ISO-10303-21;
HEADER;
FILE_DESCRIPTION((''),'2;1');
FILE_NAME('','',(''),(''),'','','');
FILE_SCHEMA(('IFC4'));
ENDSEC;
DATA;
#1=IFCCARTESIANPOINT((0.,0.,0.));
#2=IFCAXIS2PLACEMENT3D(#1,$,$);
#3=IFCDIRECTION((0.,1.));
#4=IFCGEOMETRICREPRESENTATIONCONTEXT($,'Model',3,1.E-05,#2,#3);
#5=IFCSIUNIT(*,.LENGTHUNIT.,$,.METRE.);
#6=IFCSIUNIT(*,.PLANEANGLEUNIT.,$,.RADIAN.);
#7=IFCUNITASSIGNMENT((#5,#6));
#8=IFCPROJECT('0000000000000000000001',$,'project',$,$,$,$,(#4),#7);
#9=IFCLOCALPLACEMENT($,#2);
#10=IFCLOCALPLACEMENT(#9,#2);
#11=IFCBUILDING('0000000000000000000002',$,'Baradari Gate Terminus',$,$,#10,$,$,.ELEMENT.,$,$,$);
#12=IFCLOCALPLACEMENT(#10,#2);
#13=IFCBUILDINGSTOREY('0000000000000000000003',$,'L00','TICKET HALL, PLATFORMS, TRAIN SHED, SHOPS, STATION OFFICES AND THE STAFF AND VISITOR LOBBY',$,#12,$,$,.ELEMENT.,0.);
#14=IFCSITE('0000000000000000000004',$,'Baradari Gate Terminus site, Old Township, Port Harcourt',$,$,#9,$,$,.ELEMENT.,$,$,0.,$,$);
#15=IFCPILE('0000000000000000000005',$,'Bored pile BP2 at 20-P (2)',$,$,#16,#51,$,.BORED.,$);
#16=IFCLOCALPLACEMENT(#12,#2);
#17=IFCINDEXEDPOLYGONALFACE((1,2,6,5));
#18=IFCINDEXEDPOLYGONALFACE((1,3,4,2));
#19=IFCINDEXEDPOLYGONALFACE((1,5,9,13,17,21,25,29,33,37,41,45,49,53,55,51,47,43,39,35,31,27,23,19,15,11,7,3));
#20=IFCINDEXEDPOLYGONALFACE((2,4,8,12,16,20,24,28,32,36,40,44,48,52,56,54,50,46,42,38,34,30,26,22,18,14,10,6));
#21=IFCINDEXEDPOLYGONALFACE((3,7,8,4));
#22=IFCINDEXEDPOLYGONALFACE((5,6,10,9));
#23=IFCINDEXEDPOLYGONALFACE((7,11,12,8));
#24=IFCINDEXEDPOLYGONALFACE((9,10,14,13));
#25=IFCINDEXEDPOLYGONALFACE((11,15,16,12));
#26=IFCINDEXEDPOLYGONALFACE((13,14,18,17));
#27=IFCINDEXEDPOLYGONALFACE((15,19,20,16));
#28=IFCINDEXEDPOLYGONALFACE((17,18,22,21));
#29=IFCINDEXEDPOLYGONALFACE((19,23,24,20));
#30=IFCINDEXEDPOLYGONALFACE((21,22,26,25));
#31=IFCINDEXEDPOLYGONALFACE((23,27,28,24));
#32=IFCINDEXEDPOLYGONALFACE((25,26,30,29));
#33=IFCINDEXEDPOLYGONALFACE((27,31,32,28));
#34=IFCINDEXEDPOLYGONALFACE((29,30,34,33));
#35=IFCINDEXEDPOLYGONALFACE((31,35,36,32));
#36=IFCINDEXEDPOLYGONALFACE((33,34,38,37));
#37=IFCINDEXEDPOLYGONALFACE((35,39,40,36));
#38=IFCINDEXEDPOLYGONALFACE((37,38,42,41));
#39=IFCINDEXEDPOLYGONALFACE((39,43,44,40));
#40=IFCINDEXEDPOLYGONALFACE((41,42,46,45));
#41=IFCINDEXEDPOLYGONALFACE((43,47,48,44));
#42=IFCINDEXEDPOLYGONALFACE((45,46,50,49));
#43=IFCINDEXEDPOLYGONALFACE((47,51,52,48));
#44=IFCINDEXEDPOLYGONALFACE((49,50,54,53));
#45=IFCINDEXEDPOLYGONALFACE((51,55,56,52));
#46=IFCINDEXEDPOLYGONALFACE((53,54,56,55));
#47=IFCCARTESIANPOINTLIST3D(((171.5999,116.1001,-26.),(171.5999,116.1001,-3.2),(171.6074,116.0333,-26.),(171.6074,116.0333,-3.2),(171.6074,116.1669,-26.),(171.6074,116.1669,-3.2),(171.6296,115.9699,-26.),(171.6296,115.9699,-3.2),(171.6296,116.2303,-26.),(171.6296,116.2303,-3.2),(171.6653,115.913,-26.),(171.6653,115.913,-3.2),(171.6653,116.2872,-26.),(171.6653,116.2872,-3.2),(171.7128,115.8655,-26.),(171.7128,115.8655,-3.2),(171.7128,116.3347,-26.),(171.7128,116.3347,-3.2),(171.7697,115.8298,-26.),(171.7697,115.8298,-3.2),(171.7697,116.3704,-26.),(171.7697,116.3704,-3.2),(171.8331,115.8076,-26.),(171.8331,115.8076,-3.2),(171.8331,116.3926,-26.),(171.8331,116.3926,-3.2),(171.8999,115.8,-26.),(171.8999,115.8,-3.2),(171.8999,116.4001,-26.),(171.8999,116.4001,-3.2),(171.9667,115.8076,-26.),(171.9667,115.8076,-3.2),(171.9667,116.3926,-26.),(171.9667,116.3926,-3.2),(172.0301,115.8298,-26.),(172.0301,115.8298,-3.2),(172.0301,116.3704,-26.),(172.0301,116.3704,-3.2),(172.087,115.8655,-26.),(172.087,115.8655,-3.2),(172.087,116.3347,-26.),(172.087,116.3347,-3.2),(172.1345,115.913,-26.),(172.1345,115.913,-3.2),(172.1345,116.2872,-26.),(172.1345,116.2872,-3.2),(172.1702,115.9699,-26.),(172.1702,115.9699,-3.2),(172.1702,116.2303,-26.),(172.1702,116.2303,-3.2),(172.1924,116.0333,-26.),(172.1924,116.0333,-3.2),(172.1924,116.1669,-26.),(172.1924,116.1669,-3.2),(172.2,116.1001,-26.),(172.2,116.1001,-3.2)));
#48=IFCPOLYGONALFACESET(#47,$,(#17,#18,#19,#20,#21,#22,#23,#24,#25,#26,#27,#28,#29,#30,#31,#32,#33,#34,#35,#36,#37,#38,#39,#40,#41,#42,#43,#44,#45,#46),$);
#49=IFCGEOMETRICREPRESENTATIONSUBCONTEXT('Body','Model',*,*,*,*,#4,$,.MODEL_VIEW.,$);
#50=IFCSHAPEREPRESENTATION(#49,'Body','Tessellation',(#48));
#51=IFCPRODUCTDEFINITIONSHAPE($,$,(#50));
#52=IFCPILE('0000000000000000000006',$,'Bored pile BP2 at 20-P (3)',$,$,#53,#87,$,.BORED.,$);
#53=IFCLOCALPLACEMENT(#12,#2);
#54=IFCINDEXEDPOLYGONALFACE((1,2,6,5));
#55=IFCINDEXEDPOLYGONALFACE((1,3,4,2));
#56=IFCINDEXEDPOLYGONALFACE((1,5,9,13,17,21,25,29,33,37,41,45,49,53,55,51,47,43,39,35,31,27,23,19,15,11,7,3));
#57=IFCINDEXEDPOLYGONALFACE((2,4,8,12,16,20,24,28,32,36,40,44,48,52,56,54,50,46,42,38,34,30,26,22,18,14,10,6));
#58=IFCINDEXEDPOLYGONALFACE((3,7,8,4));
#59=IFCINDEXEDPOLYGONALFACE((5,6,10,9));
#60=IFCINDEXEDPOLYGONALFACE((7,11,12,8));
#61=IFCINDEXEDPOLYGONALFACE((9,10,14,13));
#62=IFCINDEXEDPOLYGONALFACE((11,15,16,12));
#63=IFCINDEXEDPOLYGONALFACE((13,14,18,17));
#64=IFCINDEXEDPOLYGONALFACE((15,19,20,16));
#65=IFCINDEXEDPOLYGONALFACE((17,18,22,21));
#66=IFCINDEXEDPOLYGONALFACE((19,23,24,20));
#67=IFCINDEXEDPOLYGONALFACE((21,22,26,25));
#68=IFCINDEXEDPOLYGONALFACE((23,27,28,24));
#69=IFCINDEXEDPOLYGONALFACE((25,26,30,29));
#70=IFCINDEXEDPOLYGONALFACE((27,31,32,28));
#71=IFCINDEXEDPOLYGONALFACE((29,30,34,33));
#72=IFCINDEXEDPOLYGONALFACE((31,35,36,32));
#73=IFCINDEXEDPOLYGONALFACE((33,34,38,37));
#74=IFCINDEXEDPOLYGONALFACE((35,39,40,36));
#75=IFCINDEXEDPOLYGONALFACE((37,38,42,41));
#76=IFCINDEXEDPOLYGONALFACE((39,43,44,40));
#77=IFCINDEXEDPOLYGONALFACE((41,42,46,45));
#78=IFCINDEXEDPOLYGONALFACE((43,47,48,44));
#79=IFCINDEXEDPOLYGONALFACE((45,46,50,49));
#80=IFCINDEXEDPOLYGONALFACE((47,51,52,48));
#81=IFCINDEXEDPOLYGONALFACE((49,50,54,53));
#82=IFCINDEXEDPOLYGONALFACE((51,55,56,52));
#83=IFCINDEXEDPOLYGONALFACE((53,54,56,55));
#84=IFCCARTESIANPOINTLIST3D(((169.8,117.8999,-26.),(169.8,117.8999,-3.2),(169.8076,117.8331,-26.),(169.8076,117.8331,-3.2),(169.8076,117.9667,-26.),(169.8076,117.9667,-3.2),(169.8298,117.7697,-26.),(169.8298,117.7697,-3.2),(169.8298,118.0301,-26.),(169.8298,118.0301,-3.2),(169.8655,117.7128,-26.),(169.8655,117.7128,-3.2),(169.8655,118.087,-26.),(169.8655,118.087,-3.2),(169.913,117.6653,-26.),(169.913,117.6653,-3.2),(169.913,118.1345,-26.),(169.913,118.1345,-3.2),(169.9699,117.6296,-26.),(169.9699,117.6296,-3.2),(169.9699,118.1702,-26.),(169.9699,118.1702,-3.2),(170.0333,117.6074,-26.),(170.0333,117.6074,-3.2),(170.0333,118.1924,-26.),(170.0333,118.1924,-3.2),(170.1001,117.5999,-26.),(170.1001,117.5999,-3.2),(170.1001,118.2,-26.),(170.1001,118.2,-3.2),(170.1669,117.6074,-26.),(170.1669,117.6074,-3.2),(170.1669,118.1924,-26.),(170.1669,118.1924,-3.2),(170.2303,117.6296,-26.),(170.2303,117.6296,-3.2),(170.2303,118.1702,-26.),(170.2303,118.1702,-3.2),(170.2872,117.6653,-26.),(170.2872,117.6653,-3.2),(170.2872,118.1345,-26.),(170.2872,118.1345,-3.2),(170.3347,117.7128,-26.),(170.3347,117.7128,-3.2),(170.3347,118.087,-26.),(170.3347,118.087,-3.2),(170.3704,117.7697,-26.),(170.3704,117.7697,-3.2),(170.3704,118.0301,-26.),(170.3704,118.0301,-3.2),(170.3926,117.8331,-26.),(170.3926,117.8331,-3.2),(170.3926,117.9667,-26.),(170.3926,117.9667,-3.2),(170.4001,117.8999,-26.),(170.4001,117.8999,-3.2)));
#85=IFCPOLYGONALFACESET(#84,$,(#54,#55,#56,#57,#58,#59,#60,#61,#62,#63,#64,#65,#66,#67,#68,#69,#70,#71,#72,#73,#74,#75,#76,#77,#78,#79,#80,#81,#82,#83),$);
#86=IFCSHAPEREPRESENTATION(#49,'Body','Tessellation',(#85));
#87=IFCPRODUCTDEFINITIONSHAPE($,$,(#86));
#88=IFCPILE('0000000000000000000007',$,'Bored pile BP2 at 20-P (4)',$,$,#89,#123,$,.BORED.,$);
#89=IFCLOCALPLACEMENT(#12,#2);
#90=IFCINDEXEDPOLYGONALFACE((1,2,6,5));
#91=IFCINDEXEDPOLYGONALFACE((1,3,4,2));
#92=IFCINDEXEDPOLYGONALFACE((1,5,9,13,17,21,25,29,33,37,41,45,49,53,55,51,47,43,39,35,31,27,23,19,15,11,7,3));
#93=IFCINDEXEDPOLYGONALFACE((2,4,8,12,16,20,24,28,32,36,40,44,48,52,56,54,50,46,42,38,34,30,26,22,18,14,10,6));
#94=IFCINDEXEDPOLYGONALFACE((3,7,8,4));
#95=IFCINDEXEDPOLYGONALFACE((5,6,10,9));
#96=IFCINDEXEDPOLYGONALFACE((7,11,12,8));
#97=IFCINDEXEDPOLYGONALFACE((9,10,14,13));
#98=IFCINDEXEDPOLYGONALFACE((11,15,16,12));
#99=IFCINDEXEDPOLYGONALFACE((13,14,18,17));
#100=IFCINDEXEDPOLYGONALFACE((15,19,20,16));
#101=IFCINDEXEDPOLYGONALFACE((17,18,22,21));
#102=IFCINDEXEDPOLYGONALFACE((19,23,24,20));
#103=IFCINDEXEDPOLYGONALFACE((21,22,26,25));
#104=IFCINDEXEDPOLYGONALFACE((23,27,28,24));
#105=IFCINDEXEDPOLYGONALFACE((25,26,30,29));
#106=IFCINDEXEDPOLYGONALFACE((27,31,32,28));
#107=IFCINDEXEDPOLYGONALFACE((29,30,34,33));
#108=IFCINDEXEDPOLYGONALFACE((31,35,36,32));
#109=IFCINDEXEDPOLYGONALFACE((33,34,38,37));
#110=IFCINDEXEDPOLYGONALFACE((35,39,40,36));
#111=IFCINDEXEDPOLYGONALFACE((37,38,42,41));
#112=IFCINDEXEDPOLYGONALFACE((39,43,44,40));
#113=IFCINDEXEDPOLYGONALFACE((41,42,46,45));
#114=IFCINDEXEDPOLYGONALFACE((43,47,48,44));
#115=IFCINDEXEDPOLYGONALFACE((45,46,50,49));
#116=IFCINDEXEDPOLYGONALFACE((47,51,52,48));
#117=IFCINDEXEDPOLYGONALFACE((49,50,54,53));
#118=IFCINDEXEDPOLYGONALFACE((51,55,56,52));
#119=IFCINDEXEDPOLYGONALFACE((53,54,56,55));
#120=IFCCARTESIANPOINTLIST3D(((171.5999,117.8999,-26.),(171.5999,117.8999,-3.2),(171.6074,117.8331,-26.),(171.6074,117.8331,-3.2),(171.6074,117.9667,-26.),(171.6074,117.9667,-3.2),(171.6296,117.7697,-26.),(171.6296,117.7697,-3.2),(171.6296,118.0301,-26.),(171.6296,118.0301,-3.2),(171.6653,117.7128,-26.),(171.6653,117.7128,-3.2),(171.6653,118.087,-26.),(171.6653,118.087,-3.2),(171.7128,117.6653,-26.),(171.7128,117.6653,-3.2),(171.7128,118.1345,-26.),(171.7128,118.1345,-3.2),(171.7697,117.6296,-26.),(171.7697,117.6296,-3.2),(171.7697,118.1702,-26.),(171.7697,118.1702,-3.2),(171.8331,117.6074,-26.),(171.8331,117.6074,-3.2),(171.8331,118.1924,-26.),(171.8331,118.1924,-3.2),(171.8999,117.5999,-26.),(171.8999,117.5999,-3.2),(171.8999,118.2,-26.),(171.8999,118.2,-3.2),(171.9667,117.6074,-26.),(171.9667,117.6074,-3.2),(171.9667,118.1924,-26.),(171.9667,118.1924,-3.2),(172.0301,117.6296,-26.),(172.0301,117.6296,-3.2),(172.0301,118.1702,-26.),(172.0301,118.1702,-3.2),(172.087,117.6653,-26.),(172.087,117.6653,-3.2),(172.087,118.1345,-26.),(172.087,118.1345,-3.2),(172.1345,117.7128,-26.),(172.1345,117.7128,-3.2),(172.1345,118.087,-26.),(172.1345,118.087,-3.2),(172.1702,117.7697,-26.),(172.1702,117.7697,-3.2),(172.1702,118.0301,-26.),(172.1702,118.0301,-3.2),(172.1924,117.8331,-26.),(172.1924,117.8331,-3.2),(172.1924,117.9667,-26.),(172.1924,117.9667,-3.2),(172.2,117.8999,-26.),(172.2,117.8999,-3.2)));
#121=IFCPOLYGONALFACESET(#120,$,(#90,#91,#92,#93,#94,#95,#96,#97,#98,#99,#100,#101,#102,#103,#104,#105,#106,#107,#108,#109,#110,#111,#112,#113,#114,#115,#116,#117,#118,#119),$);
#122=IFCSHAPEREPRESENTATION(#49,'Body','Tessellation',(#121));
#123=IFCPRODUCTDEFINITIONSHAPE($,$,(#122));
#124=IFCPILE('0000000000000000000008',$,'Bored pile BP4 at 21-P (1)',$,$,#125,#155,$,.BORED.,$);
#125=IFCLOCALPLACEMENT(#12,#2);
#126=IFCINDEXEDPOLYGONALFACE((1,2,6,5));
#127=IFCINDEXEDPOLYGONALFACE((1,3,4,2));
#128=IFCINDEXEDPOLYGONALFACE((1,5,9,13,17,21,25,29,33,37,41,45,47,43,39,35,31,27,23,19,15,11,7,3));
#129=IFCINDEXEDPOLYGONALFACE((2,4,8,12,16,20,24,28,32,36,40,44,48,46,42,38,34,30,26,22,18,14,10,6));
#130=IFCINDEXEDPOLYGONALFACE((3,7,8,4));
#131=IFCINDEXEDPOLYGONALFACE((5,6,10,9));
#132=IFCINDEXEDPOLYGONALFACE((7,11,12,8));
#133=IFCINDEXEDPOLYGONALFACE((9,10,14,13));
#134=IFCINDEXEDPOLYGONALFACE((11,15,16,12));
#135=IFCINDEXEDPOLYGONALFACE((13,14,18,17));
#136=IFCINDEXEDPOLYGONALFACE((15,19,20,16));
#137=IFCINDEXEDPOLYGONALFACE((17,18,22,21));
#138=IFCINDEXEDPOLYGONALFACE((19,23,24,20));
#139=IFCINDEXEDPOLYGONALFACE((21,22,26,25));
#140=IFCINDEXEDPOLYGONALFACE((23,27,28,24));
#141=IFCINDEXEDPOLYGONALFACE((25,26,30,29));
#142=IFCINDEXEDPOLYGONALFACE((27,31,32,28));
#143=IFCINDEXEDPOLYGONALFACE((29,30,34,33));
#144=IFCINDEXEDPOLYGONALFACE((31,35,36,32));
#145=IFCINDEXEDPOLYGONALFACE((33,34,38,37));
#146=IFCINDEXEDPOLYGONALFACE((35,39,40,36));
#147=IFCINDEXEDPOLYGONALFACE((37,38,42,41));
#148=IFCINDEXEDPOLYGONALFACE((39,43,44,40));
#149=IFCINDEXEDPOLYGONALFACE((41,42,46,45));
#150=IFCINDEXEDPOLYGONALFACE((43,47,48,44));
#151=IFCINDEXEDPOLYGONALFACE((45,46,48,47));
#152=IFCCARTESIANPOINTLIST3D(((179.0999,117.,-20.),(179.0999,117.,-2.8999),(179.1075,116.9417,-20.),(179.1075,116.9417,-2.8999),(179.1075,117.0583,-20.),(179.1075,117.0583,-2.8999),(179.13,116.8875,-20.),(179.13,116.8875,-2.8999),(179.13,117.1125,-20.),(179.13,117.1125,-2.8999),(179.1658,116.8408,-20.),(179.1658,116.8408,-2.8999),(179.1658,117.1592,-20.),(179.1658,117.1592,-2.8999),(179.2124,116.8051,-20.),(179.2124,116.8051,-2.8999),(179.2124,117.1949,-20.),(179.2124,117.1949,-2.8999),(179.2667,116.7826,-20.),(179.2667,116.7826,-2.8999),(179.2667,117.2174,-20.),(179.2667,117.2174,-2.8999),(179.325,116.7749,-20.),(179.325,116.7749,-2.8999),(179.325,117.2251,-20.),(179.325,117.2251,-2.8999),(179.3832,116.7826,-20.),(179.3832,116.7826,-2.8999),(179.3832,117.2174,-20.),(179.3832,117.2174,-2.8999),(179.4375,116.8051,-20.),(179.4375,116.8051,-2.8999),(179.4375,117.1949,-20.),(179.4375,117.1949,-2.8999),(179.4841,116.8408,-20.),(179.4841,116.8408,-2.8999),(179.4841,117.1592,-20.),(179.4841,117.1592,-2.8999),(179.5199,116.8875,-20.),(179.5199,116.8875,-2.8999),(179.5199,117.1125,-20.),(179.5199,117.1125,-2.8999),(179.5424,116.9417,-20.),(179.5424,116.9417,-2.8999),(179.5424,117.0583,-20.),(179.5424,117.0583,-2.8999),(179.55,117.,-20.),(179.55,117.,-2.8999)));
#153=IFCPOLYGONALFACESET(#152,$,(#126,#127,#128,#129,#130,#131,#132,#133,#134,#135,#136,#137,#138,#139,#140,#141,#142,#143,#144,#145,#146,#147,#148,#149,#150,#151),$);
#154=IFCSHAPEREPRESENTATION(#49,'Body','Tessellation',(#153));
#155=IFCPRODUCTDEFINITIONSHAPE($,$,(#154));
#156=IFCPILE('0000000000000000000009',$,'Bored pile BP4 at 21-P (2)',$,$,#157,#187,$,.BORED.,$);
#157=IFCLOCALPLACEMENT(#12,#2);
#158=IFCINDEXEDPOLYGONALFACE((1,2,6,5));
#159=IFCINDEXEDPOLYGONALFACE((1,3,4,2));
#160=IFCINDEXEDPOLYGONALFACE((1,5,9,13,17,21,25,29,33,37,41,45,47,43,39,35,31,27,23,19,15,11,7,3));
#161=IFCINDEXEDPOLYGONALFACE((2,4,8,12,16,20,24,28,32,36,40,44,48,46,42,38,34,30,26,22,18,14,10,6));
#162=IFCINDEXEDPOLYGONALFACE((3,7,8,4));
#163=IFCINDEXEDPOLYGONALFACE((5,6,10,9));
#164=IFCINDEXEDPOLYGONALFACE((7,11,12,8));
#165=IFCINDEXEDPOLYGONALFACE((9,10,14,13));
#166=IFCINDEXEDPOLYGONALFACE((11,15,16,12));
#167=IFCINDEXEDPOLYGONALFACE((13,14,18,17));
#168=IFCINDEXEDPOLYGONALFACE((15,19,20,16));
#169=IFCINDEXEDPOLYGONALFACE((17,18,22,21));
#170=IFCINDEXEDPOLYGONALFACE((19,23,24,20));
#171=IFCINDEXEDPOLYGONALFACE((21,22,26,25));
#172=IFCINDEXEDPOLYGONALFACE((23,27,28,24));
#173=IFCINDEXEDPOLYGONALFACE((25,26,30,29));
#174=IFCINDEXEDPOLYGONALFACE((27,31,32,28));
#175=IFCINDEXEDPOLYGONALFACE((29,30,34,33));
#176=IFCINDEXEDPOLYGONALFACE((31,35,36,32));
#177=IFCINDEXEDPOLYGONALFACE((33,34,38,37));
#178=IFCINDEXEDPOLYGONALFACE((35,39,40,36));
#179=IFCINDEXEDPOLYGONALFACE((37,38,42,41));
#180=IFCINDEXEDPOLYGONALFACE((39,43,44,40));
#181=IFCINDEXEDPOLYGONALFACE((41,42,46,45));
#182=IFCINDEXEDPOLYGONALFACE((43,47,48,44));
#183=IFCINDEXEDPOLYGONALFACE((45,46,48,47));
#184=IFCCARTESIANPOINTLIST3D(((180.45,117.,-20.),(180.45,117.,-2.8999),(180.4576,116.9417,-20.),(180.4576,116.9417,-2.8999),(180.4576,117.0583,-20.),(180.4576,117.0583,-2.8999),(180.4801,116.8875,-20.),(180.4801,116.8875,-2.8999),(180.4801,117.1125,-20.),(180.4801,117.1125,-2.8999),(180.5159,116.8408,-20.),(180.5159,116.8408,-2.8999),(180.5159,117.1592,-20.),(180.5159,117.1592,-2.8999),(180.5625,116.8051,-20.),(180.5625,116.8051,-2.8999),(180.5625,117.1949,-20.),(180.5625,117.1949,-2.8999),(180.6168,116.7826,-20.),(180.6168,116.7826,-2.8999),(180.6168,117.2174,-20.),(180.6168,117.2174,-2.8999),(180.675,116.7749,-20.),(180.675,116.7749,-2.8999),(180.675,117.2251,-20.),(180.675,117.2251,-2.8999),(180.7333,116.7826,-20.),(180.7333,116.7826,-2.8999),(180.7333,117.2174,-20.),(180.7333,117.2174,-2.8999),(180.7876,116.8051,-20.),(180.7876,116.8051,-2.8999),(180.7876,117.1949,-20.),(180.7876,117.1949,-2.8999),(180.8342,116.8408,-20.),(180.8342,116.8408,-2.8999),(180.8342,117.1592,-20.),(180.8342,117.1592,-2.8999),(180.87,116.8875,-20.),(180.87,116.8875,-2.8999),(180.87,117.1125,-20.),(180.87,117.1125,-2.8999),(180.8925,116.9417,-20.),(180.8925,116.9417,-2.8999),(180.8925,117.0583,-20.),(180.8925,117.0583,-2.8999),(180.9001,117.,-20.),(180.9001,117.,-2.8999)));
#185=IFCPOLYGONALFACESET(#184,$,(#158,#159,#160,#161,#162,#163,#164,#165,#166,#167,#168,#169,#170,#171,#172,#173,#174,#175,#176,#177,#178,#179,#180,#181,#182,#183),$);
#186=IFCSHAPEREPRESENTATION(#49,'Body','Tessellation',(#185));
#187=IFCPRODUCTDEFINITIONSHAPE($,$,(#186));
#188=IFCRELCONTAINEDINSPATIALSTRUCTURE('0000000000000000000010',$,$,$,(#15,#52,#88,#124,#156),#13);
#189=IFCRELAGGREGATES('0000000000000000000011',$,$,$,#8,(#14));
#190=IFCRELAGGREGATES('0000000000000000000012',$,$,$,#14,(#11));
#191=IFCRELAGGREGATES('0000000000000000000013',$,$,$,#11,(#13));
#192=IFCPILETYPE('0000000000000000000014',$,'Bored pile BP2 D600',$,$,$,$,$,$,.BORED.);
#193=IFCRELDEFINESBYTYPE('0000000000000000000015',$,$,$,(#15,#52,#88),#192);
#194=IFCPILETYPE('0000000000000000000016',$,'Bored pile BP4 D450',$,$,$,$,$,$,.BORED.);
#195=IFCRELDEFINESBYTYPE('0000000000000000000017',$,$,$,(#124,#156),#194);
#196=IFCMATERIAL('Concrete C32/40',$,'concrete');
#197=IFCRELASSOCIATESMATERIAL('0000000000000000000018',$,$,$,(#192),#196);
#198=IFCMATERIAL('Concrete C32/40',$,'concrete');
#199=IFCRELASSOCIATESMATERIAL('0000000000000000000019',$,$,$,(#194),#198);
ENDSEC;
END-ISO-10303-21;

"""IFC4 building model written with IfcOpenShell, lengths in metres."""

from ifc_helpers import new_model, si_unit, direction, frame, origin, origin_2d, place, context, subcontext, project, spatial, circle, extrude, material, type_object, element, save


model = new_model("IFC4")

# Units and contexts
model_context = context("Model", 3, precision=1e-05, world=origin(), true_north=direction((0.0, 1.0)))
body_context = subcontext(model_context, "Body", "Model", "MODEL_VIEW")
ifc_project = project(units=[si_unit("LENGTHUNIT", "METRE"), si_unit("PLANEANGLEUNIT", "RADIAN")], contexts=[model_context])

# Site, building, storey
site_placement = place(None, origin())
site = spatial("IfcSite", under=ifc_project, at=site_placement, Name="Baradari Gate Terminus site, Old Township, Port Harcourt", CompositionType="ELEMENT", RefElevation=0.0)
building_placement = place(site_placement, origin())
building = spatial("IfcBuilding", under=site, at=building_placement, Name="Baradari Gate Terminus", CompositionType="ELEMENT")
storey_placement = place(building_placement, origin())
storey = spatial("IfcBuildingStorey", under=building, at=storey_placement, Name="L00", Description="TICKET HALL, PLATFORMS, TRAIN SHED, SHOPS, STATION OFFICES AND THE STAFF AND VISITOR LOBBY", CompositionType="ELEMENT", Elevation=0.0)

# Piles
ifc_material_1 = material(Name="Concrete C32/40", Category="concrete")
pile_type_1 = type_object("IfcPileType", Name="Bored pile BP2 D600", PredefinedType="BORED", material=ifc_material_1)
for number, where, z_axis, x_axis, name in (
    (1, (171.8999, 116.1001, -3.2), (0.0, 0.0, -1.0), (1.0, 0.0, 0.0), "Bored pile BP2 at 20-P (2)"),
    (2, (170.1001, 117.8999, -3.2), (0.0, 0.0, -1.0), (1.0, 0.0, 0.0), "Bored pile BP2 at 20-P (3)"),
    (3, (171.8999, 117.8999, -3.2), (0.0, 0.0, -1.0), (1.0, 0.0, 0.0), "Bored pile BP2 at 20-P (4)"),
):
    element("IfcPile", number, at=place(storey_placement, frame(where, z_axis=z_axis, x_axis=x_axis)), inside=storey, type_object=pile_type_1, Name=name, PredefinedType="BORED", context=body_context, shape_type="SweptSolid", body=[
        extrude(circle(Radius=0.3, at=origin_2d()), origin(), (0.0, 0.0, 1.0), 22.8),
    ])
ifc_material_2 = material(Name="Concrete C32/40", Category="concrete")
pile_type_2 = type_object("IfcPileType", Name="Bored pile BP4 D450", PredefinedType="BORED", material=ifc_material_2)
for number, where, z_axis, x_axis, name in (
    (4, (179.325, 117.0, -2.8999), (0.0, 0.0, -1.0), (1.0, 0.0, 0.0), "Bored pile BP4 at 21-P (1)"),
    (5, (180.675, 117.0, -2.8999), (0.0, 0.0, -1.0), (1.0, 0.0, 0.0), "Bored pile BP4 at 21-P (2)"),
):
    element("IfcPile", number, at=place(storey_placement, frame(where, z_axis=z_axis, x_axis=x_axis)), inside=storey, type_object=pile_type_2, Name=name, PredefinedType="BORED", context=body_context, shape_type="SweptSolid", body=[
        extrude(circle(Radius=0.2251, at=origin_2d()), origin(), (0.0, 0.0, 1.0), 17.1001),
    ])

save(model, "model.ifc")
